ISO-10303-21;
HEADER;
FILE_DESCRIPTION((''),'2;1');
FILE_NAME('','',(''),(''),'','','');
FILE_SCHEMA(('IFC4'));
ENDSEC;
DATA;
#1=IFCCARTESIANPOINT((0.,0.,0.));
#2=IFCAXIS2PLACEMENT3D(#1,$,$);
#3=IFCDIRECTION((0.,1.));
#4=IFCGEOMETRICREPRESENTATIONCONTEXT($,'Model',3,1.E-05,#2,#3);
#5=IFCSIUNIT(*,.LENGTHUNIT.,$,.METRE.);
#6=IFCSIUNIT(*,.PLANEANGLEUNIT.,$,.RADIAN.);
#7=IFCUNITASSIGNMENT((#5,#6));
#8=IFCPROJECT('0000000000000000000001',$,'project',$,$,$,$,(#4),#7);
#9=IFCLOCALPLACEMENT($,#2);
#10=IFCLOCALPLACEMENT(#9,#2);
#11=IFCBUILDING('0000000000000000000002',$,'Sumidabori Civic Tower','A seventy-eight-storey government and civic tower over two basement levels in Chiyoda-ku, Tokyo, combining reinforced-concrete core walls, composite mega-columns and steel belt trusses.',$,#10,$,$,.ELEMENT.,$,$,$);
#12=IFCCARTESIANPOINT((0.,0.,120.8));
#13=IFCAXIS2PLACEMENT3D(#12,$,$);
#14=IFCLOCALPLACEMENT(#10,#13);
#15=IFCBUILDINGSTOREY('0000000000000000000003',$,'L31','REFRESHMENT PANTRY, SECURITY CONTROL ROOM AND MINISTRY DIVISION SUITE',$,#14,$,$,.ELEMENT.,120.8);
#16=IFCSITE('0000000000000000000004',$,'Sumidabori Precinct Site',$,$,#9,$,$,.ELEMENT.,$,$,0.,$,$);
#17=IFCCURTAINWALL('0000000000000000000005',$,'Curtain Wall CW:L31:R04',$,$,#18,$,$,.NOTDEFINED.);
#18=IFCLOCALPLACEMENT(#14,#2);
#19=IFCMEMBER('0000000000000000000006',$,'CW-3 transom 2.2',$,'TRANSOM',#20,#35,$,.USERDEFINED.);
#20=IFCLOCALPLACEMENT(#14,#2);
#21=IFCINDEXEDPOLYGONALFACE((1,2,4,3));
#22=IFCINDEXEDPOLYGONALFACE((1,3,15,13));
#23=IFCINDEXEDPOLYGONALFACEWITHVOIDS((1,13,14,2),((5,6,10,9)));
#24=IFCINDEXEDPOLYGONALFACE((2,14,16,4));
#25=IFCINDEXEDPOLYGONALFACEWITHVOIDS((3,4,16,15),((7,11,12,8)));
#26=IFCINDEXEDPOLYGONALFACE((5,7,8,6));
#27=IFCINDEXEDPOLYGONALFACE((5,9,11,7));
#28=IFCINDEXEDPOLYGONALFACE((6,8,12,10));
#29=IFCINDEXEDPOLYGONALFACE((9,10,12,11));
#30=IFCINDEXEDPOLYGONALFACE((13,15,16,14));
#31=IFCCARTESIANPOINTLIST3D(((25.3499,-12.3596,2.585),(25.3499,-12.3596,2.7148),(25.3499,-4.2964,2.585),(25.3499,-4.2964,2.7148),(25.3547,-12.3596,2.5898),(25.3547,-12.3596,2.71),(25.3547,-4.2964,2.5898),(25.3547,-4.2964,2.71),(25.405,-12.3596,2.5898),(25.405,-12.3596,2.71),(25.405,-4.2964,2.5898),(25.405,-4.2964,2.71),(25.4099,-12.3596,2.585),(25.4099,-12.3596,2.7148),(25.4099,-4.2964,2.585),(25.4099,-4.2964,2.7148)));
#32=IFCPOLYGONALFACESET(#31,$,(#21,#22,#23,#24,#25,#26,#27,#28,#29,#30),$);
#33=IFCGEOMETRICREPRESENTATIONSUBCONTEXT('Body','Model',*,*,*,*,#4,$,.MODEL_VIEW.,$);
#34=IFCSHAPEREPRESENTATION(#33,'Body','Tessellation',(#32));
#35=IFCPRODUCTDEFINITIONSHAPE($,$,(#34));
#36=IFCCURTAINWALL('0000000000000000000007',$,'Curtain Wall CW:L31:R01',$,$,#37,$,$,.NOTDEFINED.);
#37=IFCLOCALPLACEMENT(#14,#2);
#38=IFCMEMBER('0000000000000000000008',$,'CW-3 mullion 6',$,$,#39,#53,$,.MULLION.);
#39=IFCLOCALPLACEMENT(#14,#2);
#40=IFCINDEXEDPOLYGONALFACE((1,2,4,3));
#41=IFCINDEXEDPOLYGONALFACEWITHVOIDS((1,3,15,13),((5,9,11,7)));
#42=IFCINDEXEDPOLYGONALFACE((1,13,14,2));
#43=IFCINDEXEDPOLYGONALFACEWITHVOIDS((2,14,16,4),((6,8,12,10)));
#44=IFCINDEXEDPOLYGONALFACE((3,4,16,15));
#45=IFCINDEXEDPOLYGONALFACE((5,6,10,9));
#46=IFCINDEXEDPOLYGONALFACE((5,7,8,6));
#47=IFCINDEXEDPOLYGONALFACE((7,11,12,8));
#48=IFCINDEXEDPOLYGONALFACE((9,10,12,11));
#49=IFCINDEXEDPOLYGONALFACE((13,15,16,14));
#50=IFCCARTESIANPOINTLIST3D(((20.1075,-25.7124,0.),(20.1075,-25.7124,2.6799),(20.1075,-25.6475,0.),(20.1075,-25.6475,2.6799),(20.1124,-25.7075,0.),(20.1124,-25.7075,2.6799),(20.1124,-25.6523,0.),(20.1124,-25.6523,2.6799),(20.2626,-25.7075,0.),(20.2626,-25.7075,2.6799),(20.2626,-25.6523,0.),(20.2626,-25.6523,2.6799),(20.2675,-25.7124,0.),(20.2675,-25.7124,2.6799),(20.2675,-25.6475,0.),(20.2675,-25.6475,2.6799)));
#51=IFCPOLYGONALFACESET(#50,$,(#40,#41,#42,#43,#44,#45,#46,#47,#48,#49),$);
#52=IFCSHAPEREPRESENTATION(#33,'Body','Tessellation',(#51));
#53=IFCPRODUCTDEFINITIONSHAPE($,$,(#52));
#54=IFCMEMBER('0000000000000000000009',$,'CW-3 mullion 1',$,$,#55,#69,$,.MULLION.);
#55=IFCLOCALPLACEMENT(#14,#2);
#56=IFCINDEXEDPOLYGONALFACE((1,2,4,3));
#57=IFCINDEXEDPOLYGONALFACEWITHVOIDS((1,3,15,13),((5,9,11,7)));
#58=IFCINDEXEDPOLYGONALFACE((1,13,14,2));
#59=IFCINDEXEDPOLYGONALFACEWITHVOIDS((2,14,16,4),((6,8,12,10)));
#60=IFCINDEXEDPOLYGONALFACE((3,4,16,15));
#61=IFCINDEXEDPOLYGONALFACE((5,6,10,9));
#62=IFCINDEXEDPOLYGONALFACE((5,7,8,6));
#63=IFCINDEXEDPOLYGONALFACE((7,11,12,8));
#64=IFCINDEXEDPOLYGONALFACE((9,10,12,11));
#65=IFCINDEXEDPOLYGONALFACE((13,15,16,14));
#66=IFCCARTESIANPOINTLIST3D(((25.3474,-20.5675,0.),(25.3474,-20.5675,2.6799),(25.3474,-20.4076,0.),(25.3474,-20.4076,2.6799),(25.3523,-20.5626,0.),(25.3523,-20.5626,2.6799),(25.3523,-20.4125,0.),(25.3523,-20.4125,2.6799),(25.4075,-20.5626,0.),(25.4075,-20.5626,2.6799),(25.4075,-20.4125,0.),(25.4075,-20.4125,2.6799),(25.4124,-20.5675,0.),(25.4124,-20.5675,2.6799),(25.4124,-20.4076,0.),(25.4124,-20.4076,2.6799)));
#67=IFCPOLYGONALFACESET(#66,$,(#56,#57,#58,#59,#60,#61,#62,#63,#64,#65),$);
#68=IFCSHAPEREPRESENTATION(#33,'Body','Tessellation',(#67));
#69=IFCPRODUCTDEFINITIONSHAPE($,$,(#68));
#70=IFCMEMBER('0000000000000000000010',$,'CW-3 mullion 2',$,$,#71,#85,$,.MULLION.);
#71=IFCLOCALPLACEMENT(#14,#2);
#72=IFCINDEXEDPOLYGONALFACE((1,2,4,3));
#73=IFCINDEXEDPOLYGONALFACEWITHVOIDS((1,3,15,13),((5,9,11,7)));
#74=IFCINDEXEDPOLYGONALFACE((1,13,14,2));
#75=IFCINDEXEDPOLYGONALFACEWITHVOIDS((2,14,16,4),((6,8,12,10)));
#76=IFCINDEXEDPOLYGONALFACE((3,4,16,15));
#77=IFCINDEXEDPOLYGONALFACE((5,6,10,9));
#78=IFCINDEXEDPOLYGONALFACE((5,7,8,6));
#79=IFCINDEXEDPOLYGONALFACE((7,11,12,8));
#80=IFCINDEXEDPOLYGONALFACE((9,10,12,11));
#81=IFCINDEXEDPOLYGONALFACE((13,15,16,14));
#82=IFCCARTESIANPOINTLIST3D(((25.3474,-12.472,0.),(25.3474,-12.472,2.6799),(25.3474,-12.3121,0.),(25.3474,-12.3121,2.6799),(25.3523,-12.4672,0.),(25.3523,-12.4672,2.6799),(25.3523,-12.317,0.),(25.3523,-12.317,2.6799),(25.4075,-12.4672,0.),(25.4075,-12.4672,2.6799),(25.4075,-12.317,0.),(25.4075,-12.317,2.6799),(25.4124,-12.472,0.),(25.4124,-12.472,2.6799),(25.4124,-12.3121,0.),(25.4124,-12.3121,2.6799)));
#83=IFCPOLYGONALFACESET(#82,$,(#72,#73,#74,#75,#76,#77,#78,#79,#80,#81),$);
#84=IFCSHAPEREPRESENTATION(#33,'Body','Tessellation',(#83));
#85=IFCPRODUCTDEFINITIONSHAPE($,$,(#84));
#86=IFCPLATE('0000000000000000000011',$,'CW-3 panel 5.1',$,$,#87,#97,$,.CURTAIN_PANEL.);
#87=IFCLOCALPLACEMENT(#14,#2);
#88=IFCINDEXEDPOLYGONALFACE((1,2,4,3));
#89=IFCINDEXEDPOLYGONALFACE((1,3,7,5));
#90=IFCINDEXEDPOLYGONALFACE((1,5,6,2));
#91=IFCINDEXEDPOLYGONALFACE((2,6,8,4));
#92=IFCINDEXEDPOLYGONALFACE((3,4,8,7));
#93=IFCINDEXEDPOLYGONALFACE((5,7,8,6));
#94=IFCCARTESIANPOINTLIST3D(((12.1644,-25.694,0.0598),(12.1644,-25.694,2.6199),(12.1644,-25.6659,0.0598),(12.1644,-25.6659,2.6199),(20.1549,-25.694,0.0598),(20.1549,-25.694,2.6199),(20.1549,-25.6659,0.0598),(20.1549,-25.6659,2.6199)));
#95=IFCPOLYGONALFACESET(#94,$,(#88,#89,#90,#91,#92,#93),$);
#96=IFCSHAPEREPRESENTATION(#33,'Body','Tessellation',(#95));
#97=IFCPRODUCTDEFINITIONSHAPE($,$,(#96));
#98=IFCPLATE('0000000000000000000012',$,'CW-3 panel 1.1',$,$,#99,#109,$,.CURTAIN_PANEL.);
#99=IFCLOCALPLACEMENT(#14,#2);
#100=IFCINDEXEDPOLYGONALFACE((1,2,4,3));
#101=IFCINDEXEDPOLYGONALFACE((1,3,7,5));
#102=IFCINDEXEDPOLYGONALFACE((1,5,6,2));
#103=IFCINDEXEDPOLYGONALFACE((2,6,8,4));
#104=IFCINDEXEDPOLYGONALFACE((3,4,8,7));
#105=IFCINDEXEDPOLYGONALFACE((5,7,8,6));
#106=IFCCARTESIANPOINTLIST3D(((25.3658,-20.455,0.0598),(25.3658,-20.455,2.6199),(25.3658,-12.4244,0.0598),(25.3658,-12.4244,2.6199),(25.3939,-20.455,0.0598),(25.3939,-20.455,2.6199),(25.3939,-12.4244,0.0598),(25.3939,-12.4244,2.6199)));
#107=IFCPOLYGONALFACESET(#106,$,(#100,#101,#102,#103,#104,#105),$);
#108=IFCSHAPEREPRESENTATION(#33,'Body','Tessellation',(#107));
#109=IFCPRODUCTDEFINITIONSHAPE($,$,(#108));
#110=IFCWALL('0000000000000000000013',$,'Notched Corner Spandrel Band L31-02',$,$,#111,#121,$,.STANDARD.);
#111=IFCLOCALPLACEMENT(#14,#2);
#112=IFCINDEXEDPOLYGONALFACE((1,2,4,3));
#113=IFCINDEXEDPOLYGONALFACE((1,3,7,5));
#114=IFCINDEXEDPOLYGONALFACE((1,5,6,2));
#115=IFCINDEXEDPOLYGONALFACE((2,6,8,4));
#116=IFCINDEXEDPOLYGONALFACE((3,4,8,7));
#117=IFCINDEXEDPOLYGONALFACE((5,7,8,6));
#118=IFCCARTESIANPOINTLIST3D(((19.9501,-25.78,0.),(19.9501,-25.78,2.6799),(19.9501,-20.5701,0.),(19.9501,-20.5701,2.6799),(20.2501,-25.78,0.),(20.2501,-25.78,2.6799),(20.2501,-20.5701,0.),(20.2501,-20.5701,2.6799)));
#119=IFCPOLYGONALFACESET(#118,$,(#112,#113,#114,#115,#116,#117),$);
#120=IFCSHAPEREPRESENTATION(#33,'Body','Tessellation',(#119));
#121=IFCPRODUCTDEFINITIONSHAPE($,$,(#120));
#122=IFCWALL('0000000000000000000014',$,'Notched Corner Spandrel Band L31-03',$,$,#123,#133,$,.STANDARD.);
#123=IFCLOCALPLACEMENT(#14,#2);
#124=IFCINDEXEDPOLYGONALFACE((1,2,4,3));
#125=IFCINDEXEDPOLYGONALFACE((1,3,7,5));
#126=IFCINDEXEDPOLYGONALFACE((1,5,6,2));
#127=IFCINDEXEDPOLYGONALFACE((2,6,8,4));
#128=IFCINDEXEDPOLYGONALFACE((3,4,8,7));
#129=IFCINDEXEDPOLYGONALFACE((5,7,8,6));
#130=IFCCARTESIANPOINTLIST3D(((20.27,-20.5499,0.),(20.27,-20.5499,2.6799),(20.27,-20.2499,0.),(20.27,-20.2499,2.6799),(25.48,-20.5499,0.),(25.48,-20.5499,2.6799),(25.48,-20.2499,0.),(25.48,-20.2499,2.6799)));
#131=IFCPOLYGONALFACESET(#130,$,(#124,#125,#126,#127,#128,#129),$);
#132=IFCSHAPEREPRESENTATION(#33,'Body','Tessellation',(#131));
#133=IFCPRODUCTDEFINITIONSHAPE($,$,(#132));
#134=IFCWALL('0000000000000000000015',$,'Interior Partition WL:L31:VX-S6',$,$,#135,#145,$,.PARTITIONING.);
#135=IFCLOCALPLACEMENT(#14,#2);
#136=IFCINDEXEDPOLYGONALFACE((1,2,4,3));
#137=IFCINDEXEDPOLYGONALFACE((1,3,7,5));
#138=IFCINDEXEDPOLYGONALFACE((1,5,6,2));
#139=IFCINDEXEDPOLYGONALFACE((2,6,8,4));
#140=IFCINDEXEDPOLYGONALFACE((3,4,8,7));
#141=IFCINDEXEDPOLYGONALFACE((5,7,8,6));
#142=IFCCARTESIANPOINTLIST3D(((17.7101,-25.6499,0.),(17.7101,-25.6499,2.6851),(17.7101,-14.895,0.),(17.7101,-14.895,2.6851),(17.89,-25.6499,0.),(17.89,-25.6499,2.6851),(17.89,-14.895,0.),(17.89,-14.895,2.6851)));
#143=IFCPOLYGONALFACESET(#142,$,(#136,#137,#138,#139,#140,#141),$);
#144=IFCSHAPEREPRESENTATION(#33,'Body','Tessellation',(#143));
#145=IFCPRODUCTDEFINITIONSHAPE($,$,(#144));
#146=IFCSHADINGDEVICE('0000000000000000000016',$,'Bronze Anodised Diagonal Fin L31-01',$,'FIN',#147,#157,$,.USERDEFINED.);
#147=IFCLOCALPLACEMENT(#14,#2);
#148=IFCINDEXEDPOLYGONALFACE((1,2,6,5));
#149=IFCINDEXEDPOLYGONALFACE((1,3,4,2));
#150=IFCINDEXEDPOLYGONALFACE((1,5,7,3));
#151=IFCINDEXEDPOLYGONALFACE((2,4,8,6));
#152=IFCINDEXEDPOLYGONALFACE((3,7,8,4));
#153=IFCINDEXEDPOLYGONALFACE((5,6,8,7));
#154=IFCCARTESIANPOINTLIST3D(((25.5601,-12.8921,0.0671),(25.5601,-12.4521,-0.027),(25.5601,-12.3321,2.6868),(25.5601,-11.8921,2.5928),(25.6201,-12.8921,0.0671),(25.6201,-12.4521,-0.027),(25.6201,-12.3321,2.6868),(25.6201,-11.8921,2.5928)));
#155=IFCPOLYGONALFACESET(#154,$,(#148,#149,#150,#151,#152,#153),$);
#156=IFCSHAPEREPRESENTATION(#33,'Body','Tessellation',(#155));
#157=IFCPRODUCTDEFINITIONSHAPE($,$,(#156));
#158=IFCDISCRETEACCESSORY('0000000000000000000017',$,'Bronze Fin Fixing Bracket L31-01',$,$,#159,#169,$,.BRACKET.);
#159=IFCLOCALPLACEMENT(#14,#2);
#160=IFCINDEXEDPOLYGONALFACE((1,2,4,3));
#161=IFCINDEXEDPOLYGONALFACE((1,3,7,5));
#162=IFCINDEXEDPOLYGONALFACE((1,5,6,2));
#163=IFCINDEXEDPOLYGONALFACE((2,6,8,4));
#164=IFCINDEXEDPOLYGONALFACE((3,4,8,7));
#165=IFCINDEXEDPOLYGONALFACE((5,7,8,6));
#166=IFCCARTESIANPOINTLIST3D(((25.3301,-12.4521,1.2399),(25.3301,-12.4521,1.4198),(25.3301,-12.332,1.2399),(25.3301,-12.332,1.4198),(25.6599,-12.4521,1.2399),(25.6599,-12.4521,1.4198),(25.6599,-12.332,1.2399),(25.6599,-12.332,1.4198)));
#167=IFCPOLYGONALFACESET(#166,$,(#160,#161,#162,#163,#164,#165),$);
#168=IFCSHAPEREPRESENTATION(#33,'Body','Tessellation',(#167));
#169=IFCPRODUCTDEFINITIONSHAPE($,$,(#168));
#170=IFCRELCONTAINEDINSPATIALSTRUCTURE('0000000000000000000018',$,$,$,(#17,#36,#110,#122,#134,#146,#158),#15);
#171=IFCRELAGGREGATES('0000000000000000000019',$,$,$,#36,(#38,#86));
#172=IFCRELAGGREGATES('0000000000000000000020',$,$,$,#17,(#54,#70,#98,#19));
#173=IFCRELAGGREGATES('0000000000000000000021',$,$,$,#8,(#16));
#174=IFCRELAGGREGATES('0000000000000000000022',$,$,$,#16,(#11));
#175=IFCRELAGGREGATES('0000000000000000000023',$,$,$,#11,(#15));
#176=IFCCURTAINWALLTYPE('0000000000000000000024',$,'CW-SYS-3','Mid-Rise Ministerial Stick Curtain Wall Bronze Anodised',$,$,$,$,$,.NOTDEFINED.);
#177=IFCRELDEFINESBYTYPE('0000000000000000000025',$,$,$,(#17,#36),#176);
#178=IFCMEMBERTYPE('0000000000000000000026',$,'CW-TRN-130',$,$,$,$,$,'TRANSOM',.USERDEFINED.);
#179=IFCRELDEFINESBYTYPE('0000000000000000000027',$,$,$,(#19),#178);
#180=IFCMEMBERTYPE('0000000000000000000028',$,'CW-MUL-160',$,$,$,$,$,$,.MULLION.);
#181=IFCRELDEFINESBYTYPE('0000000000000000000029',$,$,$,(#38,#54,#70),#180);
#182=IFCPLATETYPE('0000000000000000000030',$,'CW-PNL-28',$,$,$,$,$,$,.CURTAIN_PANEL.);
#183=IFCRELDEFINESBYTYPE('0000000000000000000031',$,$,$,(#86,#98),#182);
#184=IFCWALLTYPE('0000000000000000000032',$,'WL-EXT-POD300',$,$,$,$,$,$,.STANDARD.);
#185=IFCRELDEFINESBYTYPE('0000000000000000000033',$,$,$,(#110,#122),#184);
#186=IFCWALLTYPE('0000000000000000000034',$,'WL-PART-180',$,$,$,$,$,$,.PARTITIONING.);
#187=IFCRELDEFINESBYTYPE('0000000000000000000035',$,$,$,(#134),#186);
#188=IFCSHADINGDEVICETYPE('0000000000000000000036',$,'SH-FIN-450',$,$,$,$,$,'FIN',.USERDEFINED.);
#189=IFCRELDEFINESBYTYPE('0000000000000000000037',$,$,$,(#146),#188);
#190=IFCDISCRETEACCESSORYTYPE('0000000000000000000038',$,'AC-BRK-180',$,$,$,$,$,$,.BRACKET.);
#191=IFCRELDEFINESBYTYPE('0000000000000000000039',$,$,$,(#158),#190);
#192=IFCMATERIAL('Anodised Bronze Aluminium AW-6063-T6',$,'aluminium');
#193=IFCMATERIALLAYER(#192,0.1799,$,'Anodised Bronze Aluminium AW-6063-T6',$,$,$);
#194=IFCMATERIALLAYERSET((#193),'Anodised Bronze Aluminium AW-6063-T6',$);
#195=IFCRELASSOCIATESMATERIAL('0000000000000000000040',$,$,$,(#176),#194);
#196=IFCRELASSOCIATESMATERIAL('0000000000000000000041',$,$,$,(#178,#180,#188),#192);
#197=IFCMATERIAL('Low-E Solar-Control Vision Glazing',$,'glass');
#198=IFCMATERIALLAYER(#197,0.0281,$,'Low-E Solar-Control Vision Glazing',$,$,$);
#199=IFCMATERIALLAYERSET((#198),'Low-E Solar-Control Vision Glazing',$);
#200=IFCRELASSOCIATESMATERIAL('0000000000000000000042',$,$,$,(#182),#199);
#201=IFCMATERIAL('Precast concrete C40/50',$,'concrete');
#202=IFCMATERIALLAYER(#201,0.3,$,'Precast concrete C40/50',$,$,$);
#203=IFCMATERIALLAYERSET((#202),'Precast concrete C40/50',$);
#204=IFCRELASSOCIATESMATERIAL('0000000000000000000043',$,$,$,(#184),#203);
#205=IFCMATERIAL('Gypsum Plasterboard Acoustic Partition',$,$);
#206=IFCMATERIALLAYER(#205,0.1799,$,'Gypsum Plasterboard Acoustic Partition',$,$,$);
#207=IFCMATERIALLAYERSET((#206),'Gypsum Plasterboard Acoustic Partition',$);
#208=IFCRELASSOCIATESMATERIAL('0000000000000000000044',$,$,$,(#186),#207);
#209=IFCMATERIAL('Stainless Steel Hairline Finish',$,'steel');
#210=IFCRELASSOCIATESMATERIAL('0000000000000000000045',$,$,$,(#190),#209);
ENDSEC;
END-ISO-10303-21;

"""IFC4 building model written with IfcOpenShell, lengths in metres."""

from ifc_helpers import new_model, si_unit, direction, frame, frame_2d, origin, origin_2d, place, context, subcontext, project, spatial, rectangle, hollow_rectangle, extrude, source, transform, mapped, material, layer, layer_set, material_profile, profile_set, type_object, element, aggregate, save


model = new_model("IFC4")

# Units and contexts
model_context = context("Model", 3, precision=1e-05, world=origin(), true_north=direction((0.0, 1.0)))
body_context = subcontext(model_context, "Body", "Model", "MODEL_VIEW")
ifc_project = project(units=[si_unit("LENGTHUNIT", "METRE"), si_unit("PLANEANGLEUNIT", "RADIAN")], contexts=[model_context])

# Site, building, storey
site_placement = place(None, origin())
site = spatial("IfcSite", under=ifc_project, at=site_placement, Name="Sumidabori Precinct Site", CompositionType="ELEMENT", RefElevation=0.0)
building_placement = place(site_placement, origin())
building = spatial("IfcBuilding", under=site, at=building_placement, Name="Sumidabori Civic Tower", Description="A seventy-eight-storey government and civic tower over two basement levels in Chiyoda-ku, Tokyo, combining reinforced-concrete core walls, composite mega-columns and steel belt trusses.", CompositionType="ELEMENT")
storey_placement = place(building_placement, frame((0.0, 0.0, 120.8)))
storey = spatial("IfcBuildingStorey", under=building, at=storey_placement, Name="L31", Description="REFRESHMENT PANTRY, SECURITY CONTROL ROOM AND MINISTRY DIVISION SUITE", CompositionType="ELEMENT", Elevation=120.8)

# Curtain wall, member
ifc_material_1 = material(Name="Anodised Bronze Aluminium AW-6063-T6", Category="aluminium")
ifc_layer_1 = layer(ifc_material_1, 0.1799, Name="Anodised Bronze Aluminium AW-6063-T6")
ifc_layer_set_1 = layer_set([ifc_layer_1], Name="Anodised Bronze Aluminium AW-6063-T6")
curtain_wall_type = type_object("IfcCurtainWallType", Name="CW-SYS-3", Description="Mid-Rise Ministerial Stick Curtain Wall Bronze Anodised", PredefinedType="NOTDEFINED", material=ifc_layer_set_1)
curtain_wall_1_placement = place(storey_placement, origin())
curtain_wall_1 = element("IfcCurtainWall", 1, at=curtain_wall_1_placement, inside=storey, type_object=curtain_wall_type, Name="Curtain Wall CW:L31:R04", PredefinedType="NOTDEFINED")
ifc_material_profile_1 = material_profile(ifc_material_1, hollow_rectangle(XDim=0.0601, YDim=0.1299, WallThickness=0.0049, at=origin_2d()), Name="ALU TRANSOM 130x60")
ifc_profile_set_1 = profile_set([ifc_material_profile_1], Name="Anodised Bronze Aluminium AW-6063-T6")
member_type_1 = type_object("IfcMemberType", Name="CW-TRN-130", ElementType="TRANSOM", PredefinedType="USERDEFINED", material=ifc_profile_set_1)
shared_shape_1 = source(origin(), body_context, "Body", "SweptSolid", [
    extrude(hollow_rectangle(XDim=0.0601, YDim=0.1299, WallThickness=0.0049, at=origin_2d()), origin(), (0.0, 0.0, 1.0), 8.0632),
])
member_1_placement = place(storey_placement, frame((25.3799, -12.3596, 2.6499), z_axis=(0.0, 1.0, 0.0), x_axis=(-1.0, 0.0, 0.0)))
member_1 = element("IfcMember", 2, at=member_1_placement, type_object=member_type_1, Name="CW-3 transom 2.2", ObjectType="TRANSOM", PredefinedType="USERDEFINED", context=body_context, shape_type="MappedRepresentation", body=[
    mapped(shared_shape_1, transform((0.0, 0.0, 0.0), x_axis=(1.0, 0.0, 0.0), y_axis=(0.0, 1.0, 0.0), z_axis=(0.0, 0.0, 1.0), scale=1.0)),
])

# Curtain wall, member
curtain_wall_2_placement = place(storey_placement, origin())
curtain_wall_2 = element("IfcCurtainWall", 3, at=curtain_wall_2_placement, inside=storey, type_object=curtain_wall_type, Name="Curtain Wall CW:L31:R01", PredefinedType="NOTDEFINED")
ifc_material_profile_2 = material_profile(ifc_material_1, hollow_rectangle(XDim=0.0649, YDim=0.1599, WallThickness=0.0049, at=origin_2d()), Name="ALU MULLION 160x65")
ifc_profile_set_2 = profile_set([ifc_material_profile_2], Name="Anodised Bronze Aluminium AW-6063-T6")
member_type_2 = type_object("IfcMemberType", Name="CW-MUL-160", PredefinedType="MULLION", material=ifc_profile_set_2)
shared_shape_2 = source(origin(), body_context, "Body", "SweptSolid", [
    extrude(hollow_rectangle(XDim=0.0649, YDim=0.1599, WallThickness=0.0049, at=origin_2d()), origin(), (0.0, 0.0, 1.0), 2.6799),
])
member_2_placement = place(storey_placement, frame((20.1875, -25.6799, 0.0), z_axis=(0.0, 0.0, 1.0), x_axis=(0.0, 1.0, 0.0)))
member_2 = element("IfcMember", 4, at=member_2_placement, type_object=member_type_2, Name="CW-3 mullion 6", PredefinedType="MULLION", context=body_context, shape_type="MappedRepresentation", body=[
    mapped(shared_shape_2, transform((0.0, 0.0, 0.0), x_axis=(1.0, 0.0, 0.0), y_axis=(0.0, 1.0, 0.0), z_axis=(0.0, 0.0, 1.0), scale=1.0)),
])

# Members
member_3_placement = place(storey_placement, frame((25.3799, -20.4875, 0.0), z_axis=(0.0, 0.0, 1.0), x_axis=(-1.0, 0.0, 0.0)))
member_3 = element("IfcMember", 5, at=member_3_placement, type_object=member_type_2, Name="CW-3 mullion 1", PredefinedType="MULLION", context=body_context, shape_type="MappedRepresentation", body=[
    mapped(shared_shape_2, transform((0.0, 0.0, 0.0), x_axis=(1.0, 0.0, 0.0), y_axis=(0.0, 1.0, 0.0), z_axis=(0.0, 0.0, 1.0), scale=1.0)),
])
member_4_placement = place(storey_placement, frame((25.3799, -12.3921, 0.0), z_axis=(0.0, 0.0, 1.0), x_axis=(-1.0, 0.0, 0.0)))
member_4 = element("IfcMember", 6, at=member_4_placement, type_object=member_type_2, Name="CW-3 mullion 2", PredefinedType="MULLION", context=body_context, shape_type="MappedRepresentation", body=[
    mapped(shared_shape_2, transform((0.0, 0.0, 0.0), x_axis=(1.0, 0.0, 0.0), y_axis=(0.0, 1.0, 0.0), z_axis=(0.0, 0.0, 1.0), scale=1.0)),
])

# Plates
ifc_material_2 = material(Name="Low-E Solar-Control Vision Glazing", Category="glass")
ifc_layer_2 = layer(ifc_material_2, 0.0281, Name="Low-E Solar-Control Vision Glazing")
ifc_layer_set_2 = layer_set([ifc_layer_2], Name="Low-E Solar-Control Vision Glazing")
plate_type = type_object("IfcPlateType", Name="CW-PNL-28", PredefinedType="CURTAIN_PANEL", material=ifc_layer_set_2)
shared_shape_3 = source(origin(), body_context, "Body", "SweptSolid", [
    extrude(rectangle(XDim=7.9905, YDim=0.0281, at=origin_2d()), origin(), (0.0, 0.0, 1.0), 2.5601),
])
plate_1_placement = place(storey_placement, frame((16.1597, -25.6799, 0.0598), z_axis=(0.0, 0.0, 1.0), x_axis=(1.0, 0.0, 0.0)))
plate_1 = element("IfcPlate", 7, at=plate_1_placement, type_object=plate_type, Name="CW-3 panel 5.1", PredefinedType="CURTAIN_PANEL", context=body_context, shape_type="MappedRepresentation", body=[
    mapped(shared_shape_3, transform((0.0, 0.0, 0.0), x_axis=(1.0, 0.0, 0.0), y_axis=(0.0, 1.0, 0.0), z_axis=(0.0, 0.0, 1.0), scale=1.0)),
])
aggregate(curtain_wall_2, [member_2, plate_1])
shared_shape_4 = source(origin(), body_context, "Body", "SweptSolid", [
    extrude(rectangle(XDim=8.0305, YDim=0.0281, at=origin_2d()), origin(), (0.0, 0.0, 1.0), 2.5601),
])
plate_2_placement = place(storey_placement, frame((25.3799, -16.4397, 0.0598), z_axis=(0.0, 0.0, 1.0), x_axis=(0.0, 1.0, 0.0)))
plate_2 = element("IfcPlate", 8, at=plate_2_placement, type_object=plate_type, Name="CW-3 panel 1.1", PredefinedType="CURTAIN_PANEL", context=body_context, shape_type="MappedRepresentation", body=[
    mapped(shared_shape_4, transform((0.0, 0.0, 0.0), x_axis=(1.0, 0.0, 0.0), y_axis=(0.0, 1.0, 0.0), z_axis=(0.0, 0.0, 1.0), scale=1.0)),
])
aggregate(curtain_wall_1, [member_3, member_4, plate_2, member_1])

# Walls
ifc_material_3 = material(Name="Precast concrete C40/50", Category="concrete")
ifc_layer_3 = layer(ifc_material_3, 0.3, Name="Precast concrete C40/50")
ifc_layer_set_3 = layer_set([ifc_layer_3], Name="Precast concrete C40/50")
wall_type_1 = type_object("IfcWallType", Name="WL-EXT-POD300", PredefinedType="STANDARD", material=ifc_layer_set_3)
shared_shape_5 = source(origin(), body_context, "Body", "SweptSolid", [
    extrude(rectangle(XDim=5.21, YDim=0.3, at=frame_2d((2.605, 0.0))), origin(), (0.0, 0.0, 1.0), 2.6799),
])
for number, where, z_axis, x_axis, name in (
    (9, (20.1001, -25.78, 0.0), (0.0, 0.0, 1.0), (0.0, 1.0, 0.0), "Notched Corner Spandrel Band L31-02"),
    (10, (20.27, -20.3999, 0.0), (0.0, 0.0, 1.0), (1.0, 0.0, 0.0), "Notched Corner Spandrel Band L31-03"),
):
    element("IfcWall", number, at=place(storey_placement, frame(where, z_axis=z_axis, x_axis=x_axis)), inside=storey, type_object=wall_type_1, Name=name, PredefinedType="STANDARD", context=body_context, shape_type="MappedRepresentation", body=[
        mapped(shared_shape_5, transform((0.0, 0.0, 0.0), x_axis=(1.0, 0.0, 0.0), y_axis=(0.0, 1.0, 0.0), z_axis=(0.0, 0.0, 1.0), scale=1.0)),
    ])
ifc_material_4 = material(Name="Gypsum Plasterboard Acoustic Partition")
ifc_layer_4 = layer(ifc_material_4, 0.1799, Name="Gypsum Plasterboard Acoustic Partition")
ifc_layer_set_4 = layer_set([ifc_layer_4], Name="Gypsum Plasterboard Acoustic Partition")
wall_type_2 = type_object("IfcWallType", Name="WL-PART-180", PredefinedType="PARTITIONING", material=ifc_layer_set_4)
shared_shape_6 = source(origin(), body_context, "Body", "SweptSolid", [
    extrude(rectangle(XDim=10.7549, YDim=0.1799, at=frame_2d((5.3774, 0.0))), origin(), (0.0, 0.0, 1.0), 2.6851),
])
wall_placement = place(storey_placement, frame((17.8, -25.6499, 0.0), z_axis=(0.0, 0.0, 1.0), x_axis=(0.0, 1.0, 0.0)))
element("IfcWall", 11, at=wall_placement, inside=storey, type_object=wall_type_2, Name="Interior Partition WL:L31:VX-S6", PredefinedType="PARTITIONING", context=body_context, shape_type="MappedRepresentation", body=[
    mapped(shared_shape_6, transform((0.0, 0.0, 0.0), x_axis=(1.0, 0.0, 0.0), y_axis=(0.0, 1.0, 0.0), z_axis=(0.0, 0.0, 1.0), scale=1.0)),
])

# Shading device
ifc_material_profile_3 = material_profile(ifc_material_1, rectangle(XDim=0.0601, YDim=0.45, at=origin_2d()), Name="BRONZE FIN 450x60")
ifc_profile_set_3 = profile_set([ifc_material_profile_3], Name="Anodised Bronze Aluminium AW-6063-T6")
shading_device_type = type_object("IfcShadingDeviceType", Name="SH-FIN-450", ElementType="FIN", PredefinedType="USERDEFINED", material=ifc_profile_set_3)
shared_shape_7 = source(origin(), body_context, "Body", "SweptSolid", [
    extrude(rectangle(XDim=0.0601, YDim=0.45, at=origin_2d()), origin(), (0.0, 0.0, 1.0), 2.679),
])
shading_device_placement = place(storey_placement, frame((25.5901, -12.6721, 0.02), z_axis=(0.0, 0.20905, 0.977905), x_axis=(-1.0, 0.0, 0.0)))
element("IfcShadingDevice", 12, at=shading_device_placement, inside=storey, type_object=shading_device_type, Name="Bronze Anodised Diagonal Fin L31-01", ObjectType="FIN", PredefinedType="USERDEFINED", context=body_context, shape_type="MappedRepresentation", body=[
    mapped(shared_shape_7, transform((0.0, 0.0, 0.0), x_axis=(1.0, 0.0, 0.0), y_axis=(0.0, 1.0, 0.0), z_axis=(0.0, 0.0, 1.0), scale=1.0)),
])

# Discrete accessory
ifc_material_5 = material(Name="Stainless Steel Hairline Finish", Category="steel")
ifc_material_profile_4 = material_profile(ifc_material_5, rectangle(XDim=0.1201, YDim=0.1799, at=origin_2d()), Name="STEEL BRACKET 180x120")
ifc_profile_set_4 = profile_set([ifc_material_profile_4], Name="Stainless Steel Hairline Finish")
discrete_accessory_type = type_object("IfcDiscreteAccessoryType", Name="AC-BRK-180", PredefinedType="BRACKET", material=ifc_profile_set_4)
shared_shape_8 = source(origin(), body_context, "Body", "SweptSolid", [
    extrude(rectangle(XDim=0.1201, YDim=0.1799, at=origin_2d()), origin(), (0.0, 0.0, 1.0), 0.3298),
])
discrete_accessory_placement = place(storey_placement, frame((25.3301, -12.3921, 1.3298), z_axis=(1.0, 0.0, 0.0), x_axis=(0.0, 1.0, 0.0)))
element("IfcDiscreteAccessory", 13, at=discrete_accessory_placement, inside=storey, type_object=discrete_accessory_type, Name="Bronze Fin Fixing Bracket L31-01", PredefinedType="BRACKET", context=body_context, shape_type="MappedRepresentation", body=[
    mapped(shared_shape_8, transform((0.0, 0.0, 0.0), x_axis=(1.0, 0.0, 0.0), y_axis=(0.0, 1.0, 0.0), z_axis=(0.0, 0.0, 1.0), scale=1.0)),
])

save(model, "model.ifc")
